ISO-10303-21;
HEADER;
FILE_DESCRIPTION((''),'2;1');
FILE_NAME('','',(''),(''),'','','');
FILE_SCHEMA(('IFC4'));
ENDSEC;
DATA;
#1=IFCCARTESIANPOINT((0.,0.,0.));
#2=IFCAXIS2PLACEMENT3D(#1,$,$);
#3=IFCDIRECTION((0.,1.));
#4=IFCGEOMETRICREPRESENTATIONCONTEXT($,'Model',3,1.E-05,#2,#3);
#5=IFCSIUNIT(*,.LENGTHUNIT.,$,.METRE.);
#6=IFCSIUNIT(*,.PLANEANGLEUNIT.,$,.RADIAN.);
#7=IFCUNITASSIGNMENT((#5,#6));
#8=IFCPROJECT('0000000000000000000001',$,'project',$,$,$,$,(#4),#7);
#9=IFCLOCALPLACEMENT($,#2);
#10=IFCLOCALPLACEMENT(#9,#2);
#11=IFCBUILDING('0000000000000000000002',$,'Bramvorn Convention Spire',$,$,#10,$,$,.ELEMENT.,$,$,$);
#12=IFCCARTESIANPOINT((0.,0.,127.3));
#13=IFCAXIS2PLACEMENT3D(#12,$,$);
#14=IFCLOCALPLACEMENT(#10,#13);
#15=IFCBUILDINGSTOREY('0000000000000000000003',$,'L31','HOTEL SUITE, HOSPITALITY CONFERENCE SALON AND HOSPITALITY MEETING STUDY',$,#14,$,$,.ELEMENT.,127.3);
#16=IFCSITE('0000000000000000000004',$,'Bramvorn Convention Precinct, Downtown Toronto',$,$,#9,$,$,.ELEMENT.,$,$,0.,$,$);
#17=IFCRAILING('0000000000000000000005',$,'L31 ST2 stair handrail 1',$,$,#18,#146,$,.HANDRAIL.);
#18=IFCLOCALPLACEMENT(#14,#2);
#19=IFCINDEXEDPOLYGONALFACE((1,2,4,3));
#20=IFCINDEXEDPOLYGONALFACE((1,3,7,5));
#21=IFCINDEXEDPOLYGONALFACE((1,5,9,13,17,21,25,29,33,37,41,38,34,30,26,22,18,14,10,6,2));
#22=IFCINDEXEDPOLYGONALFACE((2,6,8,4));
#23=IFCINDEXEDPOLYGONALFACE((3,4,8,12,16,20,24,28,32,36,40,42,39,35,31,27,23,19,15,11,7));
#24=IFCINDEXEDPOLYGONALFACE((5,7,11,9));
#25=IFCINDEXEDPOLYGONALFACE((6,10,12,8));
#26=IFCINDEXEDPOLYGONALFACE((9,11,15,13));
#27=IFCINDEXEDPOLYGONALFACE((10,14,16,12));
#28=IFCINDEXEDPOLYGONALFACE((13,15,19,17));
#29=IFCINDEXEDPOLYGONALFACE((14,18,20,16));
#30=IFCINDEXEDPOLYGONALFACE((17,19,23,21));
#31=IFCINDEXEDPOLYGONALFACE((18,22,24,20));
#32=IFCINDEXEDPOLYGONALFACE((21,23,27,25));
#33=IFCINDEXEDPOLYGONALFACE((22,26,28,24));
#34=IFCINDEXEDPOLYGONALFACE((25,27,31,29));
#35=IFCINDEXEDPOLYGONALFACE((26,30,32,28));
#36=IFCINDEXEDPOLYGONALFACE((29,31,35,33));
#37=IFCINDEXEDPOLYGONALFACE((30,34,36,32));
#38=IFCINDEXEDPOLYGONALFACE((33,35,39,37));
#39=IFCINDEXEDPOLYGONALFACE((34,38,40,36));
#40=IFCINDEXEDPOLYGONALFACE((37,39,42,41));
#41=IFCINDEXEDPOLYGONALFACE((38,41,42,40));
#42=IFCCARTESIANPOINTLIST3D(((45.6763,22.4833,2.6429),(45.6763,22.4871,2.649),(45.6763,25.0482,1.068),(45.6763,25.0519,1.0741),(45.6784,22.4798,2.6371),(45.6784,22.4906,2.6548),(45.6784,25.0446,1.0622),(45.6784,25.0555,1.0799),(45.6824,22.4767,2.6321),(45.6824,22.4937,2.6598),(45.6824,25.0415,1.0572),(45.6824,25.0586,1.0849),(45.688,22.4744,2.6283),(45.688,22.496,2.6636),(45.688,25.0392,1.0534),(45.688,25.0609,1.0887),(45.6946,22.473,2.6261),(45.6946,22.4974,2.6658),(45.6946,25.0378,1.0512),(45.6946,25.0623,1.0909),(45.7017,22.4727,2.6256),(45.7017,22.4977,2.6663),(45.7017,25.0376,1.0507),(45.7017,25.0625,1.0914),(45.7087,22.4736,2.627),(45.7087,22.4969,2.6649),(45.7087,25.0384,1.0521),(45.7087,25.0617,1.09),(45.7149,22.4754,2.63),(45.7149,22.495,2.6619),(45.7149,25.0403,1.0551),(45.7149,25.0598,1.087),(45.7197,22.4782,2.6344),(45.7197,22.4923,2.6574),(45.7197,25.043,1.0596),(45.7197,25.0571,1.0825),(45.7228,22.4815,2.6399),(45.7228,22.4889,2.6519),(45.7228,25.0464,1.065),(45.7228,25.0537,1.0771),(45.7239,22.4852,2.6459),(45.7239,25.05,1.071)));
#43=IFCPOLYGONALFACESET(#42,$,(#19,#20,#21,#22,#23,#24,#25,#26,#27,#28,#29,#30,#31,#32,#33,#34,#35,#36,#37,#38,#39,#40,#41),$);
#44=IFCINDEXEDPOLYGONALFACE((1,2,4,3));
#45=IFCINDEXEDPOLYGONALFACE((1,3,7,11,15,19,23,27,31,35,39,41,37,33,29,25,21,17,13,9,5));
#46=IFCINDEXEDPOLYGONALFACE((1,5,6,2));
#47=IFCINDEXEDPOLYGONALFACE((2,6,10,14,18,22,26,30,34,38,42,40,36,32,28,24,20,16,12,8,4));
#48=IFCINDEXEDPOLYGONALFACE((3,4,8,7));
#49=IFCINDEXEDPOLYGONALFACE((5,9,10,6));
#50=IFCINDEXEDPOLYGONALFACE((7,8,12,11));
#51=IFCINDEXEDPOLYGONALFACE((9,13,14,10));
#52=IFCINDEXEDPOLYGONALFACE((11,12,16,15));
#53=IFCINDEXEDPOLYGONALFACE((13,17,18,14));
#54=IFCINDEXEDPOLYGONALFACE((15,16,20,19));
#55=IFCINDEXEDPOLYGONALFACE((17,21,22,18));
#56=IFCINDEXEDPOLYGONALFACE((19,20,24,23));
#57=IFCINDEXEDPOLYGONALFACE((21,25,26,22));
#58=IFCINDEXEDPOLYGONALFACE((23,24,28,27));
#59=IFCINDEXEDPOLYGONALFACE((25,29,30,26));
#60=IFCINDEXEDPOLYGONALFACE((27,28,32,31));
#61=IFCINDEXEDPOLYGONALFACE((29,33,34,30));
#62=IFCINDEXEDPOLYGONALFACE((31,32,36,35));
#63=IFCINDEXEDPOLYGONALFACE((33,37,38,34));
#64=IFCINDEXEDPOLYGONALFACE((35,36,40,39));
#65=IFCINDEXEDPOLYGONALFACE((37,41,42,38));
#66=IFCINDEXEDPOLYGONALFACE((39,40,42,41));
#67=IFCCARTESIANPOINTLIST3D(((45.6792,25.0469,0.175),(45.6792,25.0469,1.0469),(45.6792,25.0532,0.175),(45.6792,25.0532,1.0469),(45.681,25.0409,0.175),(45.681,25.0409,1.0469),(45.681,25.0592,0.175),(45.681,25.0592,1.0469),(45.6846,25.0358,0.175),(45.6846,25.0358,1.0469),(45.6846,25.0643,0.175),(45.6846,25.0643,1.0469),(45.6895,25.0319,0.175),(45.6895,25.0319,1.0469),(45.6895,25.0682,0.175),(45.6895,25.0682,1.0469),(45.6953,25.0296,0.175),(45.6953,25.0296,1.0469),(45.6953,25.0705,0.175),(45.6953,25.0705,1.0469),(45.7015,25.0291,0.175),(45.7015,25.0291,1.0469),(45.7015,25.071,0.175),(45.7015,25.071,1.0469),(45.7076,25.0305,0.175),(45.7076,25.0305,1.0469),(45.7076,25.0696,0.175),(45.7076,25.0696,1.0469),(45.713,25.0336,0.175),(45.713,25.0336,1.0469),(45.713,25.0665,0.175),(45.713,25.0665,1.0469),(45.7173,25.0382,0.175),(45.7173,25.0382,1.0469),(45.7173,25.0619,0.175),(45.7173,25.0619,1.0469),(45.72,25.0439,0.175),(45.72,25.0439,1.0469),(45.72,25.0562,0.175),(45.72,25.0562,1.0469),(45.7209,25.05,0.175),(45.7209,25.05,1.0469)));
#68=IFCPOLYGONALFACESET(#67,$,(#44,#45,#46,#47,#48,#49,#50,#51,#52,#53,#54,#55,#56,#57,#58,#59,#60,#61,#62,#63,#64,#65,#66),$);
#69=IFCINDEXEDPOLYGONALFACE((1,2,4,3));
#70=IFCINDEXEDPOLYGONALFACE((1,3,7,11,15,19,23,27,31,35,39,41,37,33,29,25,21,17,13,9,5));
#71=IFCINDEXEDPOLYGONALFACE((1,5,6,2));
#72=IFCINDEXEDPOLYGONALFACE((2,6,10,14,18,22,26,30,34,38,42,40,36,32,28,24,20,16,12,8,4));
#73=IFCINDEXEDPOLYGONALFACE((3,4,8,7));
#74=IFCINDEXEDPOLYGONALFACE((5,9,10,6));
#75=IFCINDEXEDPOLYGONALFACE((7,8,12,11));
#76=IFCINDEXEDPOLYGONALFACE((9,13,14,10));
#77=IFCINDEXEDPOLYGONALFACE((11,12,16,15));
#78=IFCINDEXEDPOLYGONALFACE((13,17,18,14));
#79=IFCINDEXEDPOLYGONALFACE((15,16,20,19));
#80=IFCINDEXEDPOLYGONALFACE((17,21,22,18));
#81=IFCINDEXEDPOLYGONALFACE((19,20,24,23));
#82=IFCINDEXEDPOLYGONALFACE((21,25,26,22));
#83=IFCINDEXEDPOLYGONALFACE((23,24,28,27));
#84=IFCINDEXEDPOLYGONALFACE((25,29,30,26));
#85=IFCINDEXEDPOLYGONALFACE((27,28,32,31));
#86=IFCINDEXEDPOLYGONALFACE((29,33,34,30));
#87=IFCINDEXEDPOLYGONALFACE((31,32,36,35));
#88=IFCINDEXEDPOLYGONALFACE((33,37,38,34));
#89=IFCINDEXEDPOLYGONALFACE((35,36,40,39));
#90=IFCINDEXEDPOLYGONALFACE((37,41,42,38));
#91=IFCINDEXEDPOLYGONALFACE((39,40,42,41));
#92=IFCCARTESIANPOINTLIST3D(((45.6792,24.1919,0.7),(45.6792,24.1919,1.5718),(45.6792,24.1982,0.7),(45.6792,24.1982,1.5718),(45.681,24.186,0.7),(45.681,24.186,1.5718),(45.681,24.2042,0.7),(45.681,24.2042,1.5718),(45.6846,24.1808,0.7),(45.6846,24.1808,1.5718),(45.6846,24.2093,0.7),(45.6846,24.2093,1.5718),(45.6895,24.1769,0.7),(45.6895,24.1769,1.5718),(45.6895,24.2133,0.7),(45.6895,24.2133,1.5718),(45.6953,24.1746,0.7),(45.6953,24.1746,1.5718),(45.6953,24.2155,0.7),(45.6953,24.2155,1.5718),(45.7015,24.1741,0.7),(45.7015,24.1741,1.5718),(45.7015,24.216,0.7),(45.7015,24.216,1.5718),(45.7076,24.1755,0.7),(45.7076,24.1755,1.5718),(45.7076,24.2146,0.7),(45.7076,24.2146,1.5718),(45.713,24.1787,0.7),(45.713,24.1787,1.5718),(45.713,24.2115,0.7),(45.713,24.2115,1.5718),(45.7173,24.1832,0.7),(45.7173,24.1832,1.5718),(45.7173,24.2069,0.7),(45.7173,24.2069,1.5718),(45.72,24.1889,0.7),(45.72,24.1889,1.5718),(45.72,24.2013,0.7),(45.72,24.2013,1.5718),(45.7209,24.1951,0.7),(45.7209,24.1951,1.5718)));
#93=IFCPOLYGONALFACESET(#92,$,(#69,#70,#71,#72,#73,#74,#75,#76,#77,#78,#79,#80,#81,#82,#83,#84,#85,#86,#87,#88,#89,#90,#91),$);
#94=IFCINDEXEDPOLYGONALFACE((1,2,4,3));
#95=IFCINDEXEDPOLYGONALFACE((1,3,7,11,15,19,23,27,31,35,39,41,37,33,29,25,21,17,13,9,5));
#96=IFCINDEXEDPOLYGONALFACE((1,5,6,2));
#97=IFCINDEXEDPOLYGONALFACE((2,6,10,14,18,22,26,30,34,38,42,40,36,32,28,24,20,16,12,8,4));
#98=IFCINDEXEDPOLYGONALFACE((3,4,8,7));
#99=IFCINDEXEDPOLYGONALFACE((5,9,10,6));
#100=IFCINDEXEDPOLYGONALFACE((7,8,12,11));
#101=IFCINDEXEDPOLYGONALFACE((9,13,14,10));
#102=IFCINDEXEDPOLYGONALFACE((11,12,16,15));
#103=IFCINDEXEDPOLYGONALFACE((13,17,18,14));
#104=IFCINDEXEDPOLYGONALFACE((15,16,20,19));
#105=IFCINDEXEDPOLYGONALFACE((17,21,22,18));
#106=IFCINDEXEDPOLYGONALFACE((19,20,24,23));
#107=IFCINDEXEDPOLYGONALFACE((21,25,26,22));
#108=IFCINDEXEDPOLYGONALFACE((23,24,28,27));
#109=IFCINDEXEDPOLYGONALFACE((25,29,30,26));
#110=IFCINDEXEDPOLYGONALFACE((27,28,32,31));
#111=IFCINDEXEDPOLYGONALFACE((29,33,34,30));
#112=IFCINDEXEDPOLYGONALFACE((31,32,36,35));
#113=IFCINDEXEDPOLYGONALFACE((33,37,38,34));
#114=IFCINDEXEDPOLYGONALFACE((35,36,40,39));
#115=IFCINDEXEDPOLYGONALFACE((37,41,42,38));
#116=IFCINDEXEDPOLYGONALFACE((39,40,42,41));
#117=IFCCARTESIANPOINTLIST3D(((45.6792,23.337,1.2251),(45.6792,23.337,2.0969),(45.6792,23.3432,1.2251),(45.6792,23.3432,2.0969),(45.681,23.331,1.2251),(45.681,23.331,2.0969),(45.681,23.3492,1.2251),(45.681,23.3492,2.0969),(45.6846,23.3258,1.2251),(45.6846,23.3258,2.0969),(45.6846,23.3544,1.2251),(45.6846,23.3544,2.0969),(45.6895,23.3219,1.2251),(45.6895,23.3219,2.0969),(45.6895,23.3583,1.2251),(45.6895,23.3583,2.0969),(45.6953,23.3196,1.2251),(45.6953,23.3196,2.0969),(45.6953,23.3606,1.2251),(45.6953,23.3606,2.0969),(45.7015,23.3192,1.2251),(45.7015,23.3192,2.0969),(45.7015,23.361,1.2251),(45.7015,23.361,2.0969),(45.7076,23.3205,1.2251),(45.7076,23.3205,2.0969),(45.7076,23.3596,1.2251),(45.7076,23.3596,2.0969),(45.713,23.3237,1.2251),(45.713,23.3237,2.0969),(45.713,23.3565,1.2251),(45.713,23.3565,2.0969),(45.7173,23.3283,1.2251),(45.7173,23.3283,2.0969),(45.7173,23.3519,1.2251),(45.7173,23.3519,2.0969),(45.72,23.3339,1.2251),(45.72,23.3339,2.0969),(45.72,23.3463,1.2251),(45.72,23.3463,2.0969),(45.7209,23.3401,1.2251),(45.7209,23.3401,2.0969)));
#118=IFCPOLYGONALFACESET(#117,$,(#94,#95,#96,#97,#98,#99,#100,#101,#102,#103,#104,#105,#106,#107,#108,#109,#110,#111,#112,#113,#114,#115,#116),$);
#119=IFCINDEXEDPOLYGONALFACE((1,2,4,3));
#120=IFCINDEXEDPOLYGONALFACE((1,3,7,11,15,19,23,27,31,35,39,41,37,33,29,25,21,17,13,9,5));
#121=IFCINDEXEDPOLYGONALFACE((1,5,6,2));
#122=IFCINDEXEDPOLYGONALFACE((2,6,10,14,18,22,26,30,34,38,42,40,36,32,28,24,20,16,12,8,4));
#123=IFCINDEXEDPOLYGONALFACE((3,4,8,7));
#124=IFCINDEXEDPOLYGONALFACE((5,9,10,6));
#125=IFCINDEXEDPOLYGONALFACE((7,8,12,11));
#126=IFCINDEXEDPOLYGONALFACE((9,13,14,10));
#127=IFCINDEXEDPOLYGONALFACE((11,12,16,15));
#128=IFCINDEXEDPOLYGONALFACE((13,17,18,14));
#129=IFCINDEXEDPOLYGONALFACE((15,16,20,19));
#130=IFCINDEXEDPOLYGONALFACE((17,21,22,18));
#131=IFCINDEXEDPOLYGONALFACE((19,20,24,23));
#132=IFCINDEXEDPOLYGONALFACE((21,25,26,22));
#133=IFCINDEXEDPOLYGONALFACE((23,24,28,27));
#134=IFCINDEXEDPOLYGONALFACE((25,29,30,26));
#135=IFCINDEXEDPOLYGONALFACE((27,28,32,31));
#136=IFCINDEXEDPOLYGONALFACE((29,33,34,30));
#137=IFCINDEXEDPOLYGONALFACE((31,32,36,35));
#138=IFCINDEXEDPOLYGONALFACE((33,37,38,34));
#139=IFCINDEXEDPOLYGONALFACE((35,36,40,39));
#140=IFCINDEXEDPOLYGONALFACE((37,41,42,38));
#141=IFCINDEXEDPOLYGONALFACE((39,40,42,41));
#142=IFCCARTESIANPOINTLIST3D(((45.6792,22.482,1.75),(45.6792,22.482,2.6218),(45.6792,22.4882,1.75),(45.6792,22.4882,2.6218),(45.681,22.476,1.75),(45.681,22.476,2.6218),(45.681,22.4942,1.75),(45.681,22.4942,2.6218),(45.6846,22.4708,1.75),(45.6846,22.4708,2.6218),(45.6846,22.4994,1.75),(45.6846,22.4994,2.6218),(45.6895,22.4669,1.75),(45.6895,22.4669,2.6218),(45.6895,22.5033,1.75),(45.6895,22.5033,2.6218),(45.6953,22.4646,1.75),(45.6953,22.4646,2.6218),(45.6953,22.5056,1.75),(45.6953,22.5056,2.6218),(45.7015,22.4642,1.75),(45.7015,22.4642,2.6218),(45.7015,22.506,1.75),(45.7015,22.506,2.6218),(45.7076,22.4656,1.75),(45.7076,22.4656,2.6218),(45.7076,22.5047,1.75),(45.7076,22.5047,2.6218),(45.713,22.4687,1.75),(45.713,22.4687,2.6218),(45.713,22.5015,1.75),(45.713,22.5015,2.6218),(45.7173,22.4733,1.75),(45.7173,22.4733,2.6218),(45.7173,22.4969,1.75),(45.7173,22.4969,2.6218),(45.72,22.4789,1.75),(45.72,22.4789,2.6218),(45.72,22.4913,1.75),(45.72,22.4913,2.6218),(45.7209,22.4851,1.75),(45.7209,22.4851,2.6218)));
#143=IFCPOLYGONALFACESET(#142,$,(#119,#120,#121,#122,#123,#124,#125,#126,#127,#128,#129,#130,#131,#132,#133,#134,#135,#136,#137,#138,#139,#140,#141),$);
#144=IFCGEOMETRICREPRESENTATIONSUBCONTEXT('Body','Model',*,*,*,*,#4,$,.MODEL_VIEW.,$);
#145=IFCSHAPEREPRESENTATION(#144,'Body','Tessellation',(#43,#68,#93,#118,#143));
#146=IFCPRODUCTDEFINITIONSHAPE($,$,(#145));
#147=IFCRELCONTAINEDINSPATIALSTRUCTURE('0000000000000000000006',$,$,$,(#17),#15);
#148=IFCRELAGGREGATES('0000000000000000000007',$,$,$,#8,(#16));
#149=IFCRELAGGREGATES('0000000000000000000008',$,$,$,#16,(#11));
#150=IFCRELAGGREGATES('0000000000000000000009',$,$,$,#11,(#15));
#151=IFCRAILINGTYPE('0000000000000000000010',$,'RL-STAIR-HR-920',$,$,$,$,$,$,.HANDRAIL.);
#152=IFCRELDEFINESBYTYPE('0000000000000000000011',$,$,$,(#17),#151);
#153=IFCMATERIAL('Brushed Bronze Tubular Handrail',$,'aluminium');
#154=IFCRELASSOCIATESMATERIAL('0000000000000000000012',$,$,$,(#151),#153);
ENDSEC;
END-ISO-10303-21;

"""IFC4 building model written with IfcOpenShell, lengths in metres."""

from ifc_helpers import new_model, si_unit, direction, frame, origin, origin_2d, place, context, subcontext, project, spatial, circle, extrude, material, type_object, element, save


model = new_model("IFC4")

# Units and contexts
model_context = context("Model", 3, precision=1e-05, world=origin(), true_north=direction((0.0, 1.0)))
body_context = subcontext(model_context, "Body", "Model", "MODEL_VIEW")
ifc_project = project(units=[si_unit("LENGTHUNIT", "METRE"), si_unit("PLANEANGLEUNIT", "RADIAN")], contexts=[model_context])

# Site, building, storey
site_placement = place(None, origin())
site = spatial("IfcSite", under=ifc_project, at=site_placement, Name="Bramvorn Convention Precinct, Downtown Toronto", CompositionType="ELEMENT", RefElevation=0.0)
building_placement = place(site_placement, origin())
building = spatial("IfcBuilding", under=site, at=building_placement, Name="Bramvorn Convention Spire", CompositionType="ELEMENT")
storey_placement = place(building_placement, frame((0.0, 0.0, 127.3)))
storey = spatial("IfcBuildingStorey", under=building, at=storey_placement, Name="L31", Description="HOTEL SUITE, HOSPITALITY CONFERENCE SALON AND HOSPITALITY MEETING STUDY", CompositionType="ELEMENT", Elevation=127.3)

# Railing
ifc_material_1 = material(Name="Brushed Bronze Tubular Handrail", Category="aluminium")
railing_type_1 = type_object("IfcRailingType", Name="RL-STAIR-HR-920", PredefinedType="HANDRAIL", material=ifc_material_1)
railing_1_placement = place(storey_placement, frame((45.7, 25.05, 0.175)))
element("IfcRailing", 1, at=railing_1_placement, inside=storey, type_object=railing_type_1, Name="L31 ST2 stair handrail 1", PredefinedType="HANDRAIL", context=body_context, shape_type="SweptSolid", body=[
    extrude(circle(Radius=0.0239, at=origin_2d()), frame((0.0, 0.0, 0.896), z_axis=(0.0, -0.852173, 0.52326), x_axis=(1.0, 0.0, 0.0)), (0.0, 0.0, 1.0), 3.0098),
    extrude(circle(Radius=0.021, at=origin_2d()), origin(), (0.0, 0.0, 1.0), 0.8718),
    extrude(circle(Radius=0.021, at=origin_2d()), frame((0.0, -0.855, 0.5249)), (0.0, 0.0, 1.0), 0.8718),
    extrude(circle(Radius=0.021, at=origin_2d()), frame((0.0, -1.71, 1.05)), (0.0, 0.0, 1.0), 0.8718),
    extrude(circle(Radius=0.021, at=origin_2d()), frame((0.0, -2.5649, 1.575)), (0.0, 0.0, 1.0), 0.8718),
])

save(model, "model.ifc")
